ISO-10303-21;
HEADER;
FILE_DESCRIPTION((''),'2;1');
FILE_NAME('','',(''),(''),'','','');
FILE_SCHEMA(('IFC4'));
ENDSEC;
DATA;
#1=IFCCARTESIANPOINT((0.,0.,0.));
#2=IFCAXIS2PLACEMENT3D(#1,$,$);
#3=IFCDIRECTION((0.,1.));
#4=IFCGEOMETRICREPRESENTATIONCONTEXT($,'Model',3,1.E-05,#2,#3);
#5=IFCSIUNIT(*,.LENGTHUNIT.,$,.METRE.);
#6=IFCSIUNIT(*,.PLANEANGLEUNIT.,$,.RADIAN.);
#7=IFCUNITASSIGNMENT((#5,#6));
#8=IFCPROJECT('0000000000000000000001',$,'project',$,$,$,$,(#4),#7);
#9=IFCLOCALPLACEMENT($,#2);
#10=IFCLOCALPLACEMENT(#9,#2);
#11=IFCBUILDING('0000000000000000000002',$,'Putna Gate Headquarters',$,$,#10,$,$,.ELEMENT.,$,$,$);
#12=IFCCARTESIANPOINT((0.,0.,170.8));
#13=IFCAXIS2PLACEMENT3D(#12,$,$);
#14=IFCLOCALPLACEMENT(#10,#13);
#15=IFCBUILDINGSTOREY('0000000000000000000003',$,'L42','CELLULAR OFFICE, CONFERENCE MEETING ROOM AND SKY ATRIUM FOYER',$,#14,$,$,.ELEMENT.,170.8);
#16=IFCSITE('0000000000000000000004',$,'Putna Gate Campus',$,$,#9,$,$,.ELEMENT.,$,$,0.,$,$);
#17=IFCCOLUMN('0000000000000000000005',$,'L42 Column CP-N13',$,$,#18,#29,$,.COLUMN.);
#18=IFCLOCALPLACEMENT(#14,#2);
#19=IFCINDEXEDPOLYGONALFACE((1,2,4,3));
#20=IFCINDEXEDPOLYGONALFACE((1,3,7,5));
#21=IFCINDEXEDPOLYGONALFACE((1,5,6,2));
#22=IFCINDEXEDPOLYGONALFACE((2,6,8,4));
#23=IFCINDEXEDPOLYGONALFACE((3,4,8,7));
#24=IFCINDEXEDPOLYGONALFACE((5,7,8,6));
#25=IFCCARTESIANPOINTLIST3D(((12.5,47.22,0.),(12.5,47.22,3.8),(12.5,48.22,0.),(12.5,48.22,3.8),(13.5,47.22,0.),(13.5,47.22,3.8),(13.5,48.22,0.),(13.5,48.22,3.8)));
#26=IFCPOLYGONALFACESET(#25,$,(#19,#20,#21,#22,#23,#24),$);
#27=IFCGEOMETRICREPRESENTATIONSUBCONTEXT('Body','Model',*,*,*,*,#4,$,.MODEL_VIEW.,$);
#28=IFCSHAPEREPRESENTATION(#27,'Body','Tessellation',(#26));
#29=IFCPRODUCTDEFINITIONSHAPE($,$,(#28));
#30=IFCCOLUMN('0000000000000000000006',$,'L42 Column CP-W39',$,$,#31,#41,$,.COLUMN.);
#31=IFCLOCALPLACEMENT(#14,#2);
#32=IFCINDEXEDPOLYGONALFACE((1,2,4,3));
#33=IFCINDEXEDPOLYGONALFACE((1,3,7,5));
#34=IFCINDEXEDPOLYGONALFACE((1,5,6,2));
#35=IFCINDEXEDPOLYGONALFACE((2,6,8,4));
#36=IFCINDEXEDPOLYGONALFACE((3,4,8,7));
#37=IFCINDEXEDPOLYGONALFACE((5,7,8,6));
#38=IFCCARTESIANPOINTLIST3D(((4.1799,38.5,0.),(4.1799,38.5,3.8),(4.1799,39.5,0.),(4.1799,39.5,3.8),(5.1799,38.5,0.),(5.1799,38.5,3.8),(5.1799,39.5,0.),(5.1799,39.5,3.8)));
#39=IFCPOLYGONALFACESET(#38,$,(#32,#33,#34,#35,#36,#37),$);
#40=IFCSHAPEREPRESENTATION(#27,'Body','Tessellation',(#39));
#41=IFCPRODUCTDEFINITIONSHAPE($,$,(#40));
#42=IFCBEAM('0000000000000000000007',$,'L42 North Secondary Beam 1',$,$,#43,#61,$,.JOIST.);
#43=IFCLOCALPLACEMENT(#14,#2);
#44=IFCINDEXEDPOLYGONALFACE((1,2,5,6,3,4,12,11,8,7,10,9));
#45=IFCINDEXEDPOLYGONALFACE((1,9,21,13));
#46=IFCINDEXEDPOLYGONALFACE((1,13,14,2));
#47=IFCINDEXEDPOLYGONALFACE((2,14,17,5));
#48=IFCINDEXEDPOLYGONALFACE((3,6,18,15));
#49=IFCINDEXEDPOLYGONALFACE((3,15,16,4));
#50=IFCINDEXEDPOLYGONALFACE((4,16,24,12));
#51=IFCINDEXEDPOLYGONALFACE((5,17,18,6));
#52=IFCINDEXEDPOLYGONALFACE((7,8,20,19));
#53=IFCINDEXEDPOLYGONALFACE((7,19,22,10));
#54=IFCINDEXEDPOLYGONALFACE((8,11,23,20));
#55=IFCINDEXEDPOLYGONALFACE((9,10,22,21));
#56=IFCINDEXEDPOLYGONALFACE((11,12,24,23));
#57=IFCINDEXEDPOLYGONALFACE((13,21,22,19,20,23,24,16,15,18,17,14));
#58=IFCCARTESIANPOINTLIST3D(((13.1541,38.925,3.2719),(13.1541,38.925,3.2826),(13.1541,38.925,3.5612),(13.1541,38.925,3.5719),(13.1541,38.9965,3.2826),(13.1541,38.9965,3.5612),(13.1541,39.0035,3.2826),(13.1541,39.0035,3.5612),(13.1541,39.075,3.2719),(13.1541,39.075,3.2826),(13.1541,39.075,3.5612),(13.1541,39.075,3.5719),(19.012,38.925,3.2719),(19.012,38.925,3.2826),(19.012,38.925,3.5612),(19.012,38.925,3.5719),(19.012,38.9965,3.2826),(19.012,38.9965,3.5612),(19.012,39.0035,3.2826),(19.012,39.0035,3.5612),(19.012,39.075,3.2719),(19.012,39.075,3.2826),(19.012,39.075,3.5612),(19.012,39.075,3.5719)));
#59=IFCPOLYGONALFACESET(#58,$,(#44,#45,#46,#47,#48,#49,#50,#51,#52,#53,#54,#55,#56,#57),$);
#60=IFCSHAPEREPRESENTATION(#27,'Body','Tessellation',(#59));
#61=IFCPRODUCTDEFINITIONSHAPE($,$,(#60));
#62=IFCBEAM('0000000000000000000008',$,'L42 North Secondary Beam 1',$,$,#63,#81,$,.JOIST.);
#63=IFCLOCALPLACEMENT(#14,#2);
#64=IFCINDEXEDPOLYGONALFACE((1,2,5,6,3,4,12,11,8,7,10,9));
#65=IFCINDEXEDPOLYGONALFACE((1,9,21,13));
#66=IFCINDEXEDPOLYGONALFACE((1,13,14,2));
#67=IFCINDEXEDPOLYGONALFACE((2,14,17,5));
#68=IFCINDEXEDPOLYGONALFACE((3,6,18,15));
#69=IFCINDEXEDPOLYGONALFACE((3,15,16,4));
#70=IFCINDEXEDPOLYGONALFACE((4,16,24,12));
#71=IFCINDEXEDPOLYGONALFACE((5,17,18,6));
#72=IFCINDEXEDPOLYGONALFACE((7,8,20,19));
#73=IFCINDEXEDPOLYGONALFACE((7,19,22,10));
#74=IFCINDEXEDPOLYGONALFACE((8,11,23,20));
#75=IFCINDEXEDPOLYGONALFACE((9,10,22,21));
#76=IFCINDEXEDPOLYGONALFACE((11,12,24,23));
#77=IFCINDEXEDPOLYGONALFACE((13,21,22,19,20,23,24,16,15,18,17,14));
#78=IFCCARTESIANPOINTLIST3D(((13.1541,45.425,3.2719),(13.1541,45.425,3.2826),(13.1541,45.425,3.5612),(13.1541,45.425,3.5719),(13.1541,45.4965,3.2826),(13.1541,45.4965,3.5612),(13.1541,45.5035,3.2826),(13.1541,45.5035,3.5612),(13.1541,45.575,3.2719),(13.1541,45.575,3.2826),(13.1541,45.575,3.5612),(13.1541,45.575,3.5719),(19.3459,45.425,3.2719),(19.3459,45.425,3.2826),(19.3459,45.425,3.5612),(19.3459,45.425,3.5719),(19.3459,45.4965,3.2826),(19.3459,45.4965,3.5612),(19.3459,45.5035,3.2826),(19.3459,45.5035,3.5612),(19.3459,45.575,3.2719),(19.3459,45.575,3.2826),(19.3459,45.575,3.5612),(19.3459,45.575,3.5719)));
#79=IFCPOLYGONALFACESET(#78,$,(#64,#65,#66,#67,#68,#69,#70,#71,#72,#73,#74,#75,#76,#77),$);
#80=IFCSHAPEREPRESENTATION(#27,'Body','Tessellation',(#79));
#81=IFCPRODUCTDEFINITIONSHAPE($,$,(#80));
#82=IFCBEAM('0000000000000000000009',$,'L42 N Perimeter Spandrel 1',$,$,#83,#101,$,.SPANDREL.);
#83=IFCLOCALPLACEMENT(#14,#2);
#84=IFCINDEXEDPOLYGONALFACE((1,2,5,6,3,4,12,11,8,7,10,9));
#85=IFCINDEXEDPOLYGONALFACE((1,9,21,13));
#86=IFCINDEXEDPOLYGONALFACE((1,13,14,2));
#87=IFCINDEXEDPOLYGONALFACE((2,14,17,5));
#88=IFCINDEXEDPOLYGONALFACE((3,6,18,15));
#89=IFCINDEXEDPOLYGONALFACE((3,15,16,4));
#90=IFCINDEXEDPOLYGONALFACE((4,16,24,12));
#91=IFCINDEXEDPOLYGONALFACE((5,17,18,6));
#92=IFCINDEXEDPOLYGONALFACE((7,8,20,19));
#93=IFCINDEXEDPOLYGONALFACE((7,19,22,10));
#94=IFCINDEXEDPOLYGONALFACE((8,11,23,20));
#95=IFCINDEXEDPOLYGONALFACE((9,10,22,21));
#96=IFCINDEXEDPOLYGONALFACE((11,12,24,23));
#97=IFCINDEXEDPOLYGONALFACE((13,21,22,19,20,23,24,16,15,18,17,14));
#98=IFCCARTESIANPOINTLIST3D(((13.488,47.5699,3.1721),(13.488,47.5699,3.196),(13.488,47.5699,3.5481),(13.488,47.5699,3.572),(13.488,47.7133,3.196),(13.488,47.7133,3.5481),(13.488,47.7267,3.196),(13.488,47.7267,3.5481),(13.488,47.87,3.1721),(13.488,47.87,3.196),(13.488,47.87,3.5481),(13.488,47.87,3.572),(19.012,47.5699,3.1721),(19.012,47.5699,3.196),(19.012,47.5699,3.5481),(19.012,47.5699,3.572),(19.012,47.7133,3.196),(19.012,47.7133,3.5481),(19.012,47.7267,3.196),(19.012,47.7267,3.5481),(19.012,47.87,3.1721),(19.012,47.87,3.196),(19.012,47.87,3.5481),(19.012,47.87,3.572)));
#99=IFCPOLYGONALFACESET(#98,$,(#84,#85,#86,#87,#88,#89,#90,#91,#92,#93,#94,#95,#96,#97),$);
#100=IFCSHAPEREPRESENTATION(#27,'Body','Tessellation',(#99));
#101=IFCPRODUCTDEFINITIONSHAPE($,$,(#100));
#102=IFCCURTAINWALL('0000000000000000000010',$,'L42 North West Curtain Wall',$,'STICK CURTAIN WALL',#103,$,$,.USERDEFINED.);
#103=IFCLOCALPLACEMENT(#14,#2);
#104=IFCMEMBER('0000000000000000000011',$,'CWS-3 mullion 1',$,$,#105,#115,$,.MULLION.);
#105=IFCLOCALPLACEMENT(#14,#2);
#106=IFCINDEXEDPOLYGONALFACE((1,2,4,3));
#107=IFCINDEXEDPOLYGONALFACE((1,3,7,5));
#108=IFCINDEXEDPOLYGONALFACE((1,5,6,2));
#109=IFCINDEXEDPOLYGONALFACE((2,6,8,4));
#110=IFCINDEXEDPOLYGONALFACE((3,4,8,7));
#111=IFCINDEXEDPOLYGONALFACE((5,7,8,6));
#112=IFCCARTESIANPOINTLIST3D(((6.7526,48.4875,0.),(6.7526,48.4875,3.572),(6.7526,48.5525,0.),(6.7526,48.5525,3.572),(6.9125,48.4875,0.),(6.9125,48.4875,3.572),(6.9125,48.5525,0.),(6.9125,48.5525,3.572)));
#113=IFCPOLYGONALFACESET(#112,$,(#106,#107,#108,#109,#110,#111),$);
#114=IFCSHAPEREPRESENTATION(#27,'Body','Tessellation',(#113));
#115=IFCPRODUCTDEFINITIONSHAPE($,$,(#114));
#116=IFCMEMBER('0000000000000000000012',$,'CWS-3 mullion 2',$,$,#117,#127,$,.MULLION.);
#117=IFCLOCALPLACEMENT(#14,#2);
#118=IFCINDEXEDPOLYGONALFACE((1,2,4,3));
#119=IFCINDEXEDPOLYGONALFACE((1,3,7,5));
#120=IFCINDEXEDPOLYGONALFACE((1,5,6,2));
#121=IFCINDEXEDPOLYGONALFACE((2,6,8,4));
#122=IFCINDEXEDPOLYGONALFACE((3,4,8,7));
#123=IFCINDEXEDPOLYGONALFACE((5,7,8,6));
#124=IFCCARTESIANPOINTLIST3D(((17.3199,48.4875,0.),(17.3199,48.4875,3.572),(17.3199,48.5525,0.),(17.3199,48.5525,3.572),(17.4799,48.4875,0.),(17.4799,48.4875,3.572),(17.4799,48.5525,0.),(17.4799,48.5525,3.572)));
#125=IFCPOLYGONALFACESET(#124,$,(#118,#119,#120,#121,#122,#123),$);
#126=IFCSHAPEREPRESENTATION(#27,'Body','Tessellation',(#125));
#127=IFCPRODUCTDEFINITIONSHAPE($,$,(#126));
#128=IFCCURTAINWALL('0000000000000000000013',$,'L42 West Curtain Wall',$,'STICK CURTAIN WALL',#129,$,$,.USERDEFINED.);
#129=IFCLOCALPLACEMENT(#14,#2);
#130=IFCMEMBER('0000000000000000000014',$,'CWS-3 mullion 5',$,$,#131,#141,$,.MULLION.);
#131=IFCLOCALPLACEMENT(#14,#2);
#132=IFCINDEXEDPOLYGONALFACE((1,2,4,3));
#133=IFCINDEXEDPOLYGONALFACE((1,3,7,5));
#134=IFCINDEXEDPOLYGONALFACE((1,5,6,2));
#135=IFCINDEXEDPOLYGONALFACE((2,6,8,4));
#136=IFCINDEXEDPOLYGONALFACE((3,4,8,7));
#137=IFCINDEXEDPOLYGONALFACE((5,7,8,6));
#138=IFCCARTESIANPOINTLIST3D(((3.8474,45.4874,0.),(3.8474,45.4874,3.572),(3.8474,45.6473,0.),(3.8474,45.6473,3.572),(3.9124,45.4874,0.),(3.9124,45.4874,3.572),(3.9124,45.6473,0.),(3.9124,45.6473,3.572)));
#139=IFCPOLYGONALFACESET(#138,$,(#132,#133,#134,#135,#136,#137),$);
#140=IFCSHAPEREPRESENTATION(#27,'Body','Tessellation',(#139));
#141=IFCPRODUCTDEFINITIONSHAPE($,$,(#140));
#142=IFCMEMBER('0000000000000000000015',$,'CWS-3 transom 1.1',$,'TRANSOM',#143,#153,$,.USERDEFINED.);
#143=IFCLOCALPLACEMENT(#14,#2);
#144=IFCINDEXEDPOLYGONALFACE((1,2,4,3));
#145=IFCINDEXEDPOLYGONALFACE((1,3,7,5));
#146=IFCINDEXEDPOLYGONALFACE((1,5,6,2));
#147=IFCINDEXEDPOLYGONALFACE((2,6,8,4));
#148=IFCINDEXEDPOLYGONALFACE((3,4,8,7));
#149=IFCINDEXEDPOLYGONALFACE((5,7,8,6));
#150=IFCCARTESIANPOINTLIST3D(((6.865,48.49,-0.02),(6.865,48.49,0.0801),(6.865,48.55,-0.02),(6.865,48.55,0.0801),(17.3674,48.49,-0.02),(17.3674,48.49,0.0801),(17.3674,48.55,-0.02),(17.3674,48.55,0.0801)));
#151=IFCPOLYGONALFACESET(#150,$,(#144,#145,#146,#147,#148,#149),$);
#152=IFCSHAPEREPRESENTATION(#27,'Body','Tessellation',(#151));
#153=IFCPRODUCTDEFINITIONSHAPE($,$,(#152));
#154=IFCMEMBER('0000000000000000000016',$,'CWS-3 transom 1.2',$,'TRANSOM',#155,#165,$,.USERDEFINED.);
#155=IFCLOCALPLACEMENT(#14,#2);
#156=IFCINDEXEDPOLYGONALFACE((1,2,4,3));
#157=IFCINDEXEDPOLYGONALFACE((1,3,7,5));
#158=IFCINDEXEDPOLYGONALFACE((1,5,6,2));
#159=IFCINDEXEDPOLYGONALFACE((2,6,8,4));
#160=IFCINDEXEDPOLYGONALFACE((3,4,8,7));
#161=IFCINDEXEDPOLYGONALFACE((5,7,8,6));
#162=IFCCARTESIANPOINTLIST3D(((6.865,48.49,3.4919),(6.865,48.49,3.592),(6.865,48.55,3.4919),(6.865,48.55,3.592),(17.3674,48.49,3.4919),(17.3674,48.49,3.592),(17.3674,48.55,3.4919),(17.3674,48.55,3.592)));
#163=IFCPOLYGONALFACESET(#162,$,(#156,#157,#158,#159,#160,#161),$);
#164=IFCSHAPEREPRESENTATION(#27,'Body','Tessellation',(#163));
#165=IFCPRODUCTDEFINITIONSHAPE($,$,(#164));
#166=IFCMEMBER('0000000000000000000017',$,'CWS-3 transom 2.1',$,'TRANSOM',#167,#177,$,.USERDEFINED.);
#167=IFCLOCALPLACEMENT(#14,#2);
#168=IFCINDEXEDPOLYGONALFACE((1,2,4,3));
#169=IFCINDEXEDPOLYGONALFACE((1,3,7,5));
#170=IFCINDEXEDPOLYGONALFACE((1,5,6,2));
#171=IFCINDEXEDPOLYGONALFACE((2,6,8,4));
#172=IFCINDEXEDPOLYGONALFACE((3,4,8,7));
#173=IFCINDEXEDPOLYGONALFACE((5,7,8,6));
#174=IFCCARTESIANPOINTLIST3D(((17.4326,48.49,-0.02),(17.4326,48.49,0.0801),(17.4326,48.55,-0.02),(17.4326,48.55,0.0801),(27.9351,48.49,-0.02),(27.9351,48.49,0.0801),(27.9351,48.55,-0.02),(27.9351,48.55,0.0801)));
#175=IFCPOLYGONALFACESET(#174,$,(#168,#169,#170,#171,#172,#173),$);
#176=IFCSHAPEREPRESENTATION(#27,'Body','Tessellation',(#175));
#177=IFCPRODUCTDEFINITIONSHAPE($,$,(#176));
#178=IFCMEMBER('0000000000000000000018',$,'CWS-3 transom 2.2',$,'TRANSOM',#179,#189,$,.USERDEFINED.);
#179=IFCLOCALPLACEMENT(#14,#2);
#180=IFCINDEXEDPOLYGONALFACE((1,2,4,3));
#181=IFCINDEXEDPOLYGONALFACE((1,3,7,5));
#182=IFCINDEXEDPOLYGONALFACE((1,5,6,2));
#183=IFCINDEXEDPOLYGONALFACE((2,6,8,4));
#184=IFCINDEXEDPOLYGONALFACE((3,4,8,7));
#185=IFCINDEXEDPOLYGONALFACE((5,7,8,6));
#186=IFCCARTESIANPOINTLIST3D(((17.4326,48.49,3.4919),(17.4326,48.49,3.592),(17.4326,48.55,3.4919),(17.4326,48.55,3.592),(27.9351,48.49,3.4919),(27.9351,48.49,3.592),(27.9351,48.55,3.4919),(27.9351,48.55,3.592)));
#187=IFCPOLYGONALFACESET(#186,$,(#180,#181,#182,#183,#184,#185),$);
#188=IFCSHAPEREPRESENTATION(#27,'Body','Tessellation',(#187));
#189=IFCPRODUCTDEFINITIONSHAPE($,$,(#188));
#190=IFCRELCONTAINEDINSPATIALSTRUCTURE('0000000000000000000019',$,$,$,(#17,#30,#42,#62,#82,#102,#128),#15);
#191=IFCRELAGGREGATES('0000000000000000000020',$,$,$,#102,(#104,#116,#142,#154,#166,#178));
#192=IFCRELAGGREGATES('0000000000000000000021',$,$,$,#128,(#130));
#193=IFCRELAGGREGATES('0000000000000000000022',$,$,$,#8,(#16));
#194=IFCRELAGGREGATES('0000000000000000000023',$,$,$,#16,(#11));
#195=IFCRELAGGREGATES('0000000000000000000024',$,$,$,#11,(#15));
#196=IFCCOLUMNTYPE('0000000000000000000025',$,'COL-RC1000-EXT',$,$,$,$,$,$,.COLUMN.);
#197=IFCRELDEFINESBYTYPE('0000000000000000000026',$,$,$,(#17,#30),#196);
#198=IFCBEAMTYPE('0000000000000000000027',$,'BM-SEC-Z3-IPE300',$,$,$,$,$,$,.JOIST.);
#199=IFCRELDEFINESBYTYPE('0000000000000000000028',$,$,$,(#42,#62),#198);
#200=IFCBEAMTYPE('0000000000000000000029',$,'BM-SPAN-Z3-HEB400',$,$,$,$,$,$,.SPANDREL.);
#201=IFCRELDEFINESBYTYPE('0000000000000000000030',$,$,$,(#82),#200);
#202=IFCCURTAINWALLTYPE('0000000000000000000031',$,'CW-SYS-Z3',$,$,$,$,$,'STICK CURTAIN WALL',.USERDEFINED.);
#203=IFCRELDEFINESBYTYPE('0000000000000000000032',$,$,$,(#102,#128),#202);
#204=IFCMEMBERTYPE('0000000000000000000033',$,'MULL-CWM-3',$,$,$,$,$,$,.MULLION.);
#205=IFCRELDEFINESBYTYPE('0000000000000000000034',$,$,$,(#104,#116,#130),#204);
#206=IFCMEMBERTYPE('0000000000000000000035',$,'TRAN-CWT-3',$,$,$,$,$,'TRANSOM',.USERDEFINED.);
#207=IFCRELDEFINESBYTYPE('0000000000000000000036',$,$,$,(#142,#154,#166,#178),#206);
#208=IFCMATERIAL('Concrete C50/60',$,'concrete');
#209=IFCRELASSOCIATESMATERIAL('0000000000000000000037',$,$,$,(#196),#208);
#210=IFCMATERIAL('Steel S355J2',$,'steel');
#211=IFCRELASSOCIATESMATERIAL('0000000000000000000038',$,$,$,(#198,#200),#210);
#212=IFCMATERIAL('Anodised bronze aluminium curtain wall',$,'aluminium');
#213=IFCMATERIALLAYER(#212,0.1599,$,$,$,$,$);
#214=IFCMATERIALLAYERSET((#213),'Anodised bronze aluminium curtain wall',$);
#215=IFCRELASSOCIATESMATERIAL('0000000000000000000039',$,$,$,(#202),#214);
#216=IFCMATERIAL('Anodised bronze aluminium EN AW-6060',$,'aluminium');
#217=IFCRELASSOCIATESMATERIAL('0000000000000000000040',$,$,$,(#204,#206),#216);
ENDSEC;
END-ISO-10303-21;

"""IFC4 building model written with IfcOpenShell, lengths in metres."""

from ifc_helpers import new_model, si_unit, direction, frame, origin, origin_2d, place, context, subcontext, project, spatial, rectangle, i_section, extrude, material, layer, layer_set, material_profile, profile_set, type_object, element, aggregate, save


model = new_model("IFC4")

# Units and contexts
model_context = context("Model", 3, precision=1e-05, world=origin(), true_north=direction((0.0, 1.0)))
body_context = subcontext(model_context, "Body", "Model", "MODEL_VIEW")
ifc_project = project(units=[si_unit("LENGTHUNIT", "METRE"), si_unit("PLANEANGLEUNIT", "RADIAN")], contexts=[model_context])

# Site, building, storey
site_placement = place(None, origin())
site = spatial("IfcSite", under=ifc_project, at=site_placement, Name="Putna Gate Campus", CompositionType="ELEMENT", RefElevation=0.0)
building_placement = place(site_placement, origin())
building = spatial("IfcBuilding", under=site, at=building_placement, Name="Putna Gate Headquarters", CompositionType="ELEMENT")
storey_placement = place(building_placement, frame((0.0, 0.0, 170.8)))
storey = spatial("IfcBuildingStorey", under=building, at=storey_placement, Name="L42", Description="CELLULAR OFFICE, CONFERENCE MEETING ROOM AND SKY ATRIUM FOYER", CompositionType="ELEMENT", Elevation=170.8)

# Columns
ifc_material_1 = material(Name="Concrete C50/60", Category="concrete")
ifc_material_profile_1 = material_profile(ifc_material_1, rectangle(XDim=1.0, YDim=1.0, at=origin_2d()), Name="Concrete C50/60")
ifc_profile_set_1 = profile_set([ifc_material_profile_1], Name="Concrete C50/60")
column_type = type_object("IfcColumnType", Name="COL-RC1000-EXT", PredefinedType="COLUMN", material=ifc_profile_set_1)
for number, where, z_axis, x_axis, name in (
    (1, (13.0, 47.72, 0.0), (0.0, 0.0, 1.0), (1.0, 0.0, 0.0), "L42 Column CP-N13"),
    (2, (4.6799, 39.0, 0.0), (0.0, 0.0, 1.0), (1.0, 0.0, 0.0), "L42 Column CP-W39"),
):
    element("IfcColumn", number, at=place(storey_placement, frame(where, z_axis=z_axis, x_axis=x_axis)), inside=storey, type_object=column_type, Name=name, PredefinedType="COLUMN", context=body_context, shape_type="SweptSolid", body=[
        extrude(rectangle(XDim=1.0, YDim=1.0, at=origin_2d()), origin(), (0.0, 0.0, 1.0), 3.8),
    ])

# Beams
ifc_material_2 = material(Name="Steel S355J2", Category="steel")
ifc_material_profile_2 = material_profile(ifc_material_2, i_section(OverallWidth=0.1499, OverallDepth=0.3, WebThickness=0.0071, FlangeThickness=0.0107, at=origin_2d()), Name="Steel S355J2")
ifc_profile_set_2 = profile_set([ifc_material_profile_2], Name="Steel S355J2")
beam_type_1 = type_object("IfcBeamType", Name="BM-SEC-Z3-IPE300", PredefinedType="JOIST", material=ifc_profile_set_2)
beam_1_placement = place(storey_placement, frame((13.1541, 39.0, 3.4219), z_axis=(1.0, 0.0, 0.0), x_axis=(0.0, 1.0, 0.0)))
element("IfcBeam", 3, at=beam_1_placement, inside=storey, type_object=beam_type_1, Name="L42 North Secondary Beam 1", PredefinedType="JOIST", context=body_context, shape_type="SweptSolid", body=[
    extrude(i_section(OverallWidth=0.1499, OverallDepth=0.3, WebThickness=0.0071, FlangeThickness=0.0107, at=origin_2d()), origin(), (0.0, 0.0, 1.0), 5.8579),
])
beam_2_placement = place(storey_placement, frame((13.1541, 45.5, 3.4219), z_axis=(1.0, 0.0, 0.0), x_axis=(0.0, 1.0, 0.0)))
element("IfcBeam", 4, at=beam_2_placement, inside=storey, type_object=beam_type_1, Name="L42 North Secondary Beam 1", PredefinedType="JOIST", context=body_context, shape_type="SweptSolid", body=[
    extrude(i_section(OverallWidth=0.1499, OverallDepth=0.3, WebThickness=0.0071, FlangeThickness=0.0107, at=origin_2d()), origin(), (0.0, 0.0, 1.0), 6.1919),
])
ifc_material_profile_3 = material_profile(ifc_material_2, i_section(OverallWidth=0.3, OverallDepth=0.3999, WebThickness=0.0134, FlangeThickness=0.0239, at=origin_2d()), Name="Steel S355J2")
ifc_profile_set_3 = profile_set([ifc_material_profile_3], Name="Steel S355J2")
beam_type_2 = type_object("IfcBeamType", Name="BM-SPAN-Z3-HEB400", PredefinedType="SPANDREL", material=ifc_profile_set_3)
beam_3_placement = place(storey_placement, frame((13.488, 47.72, 3.3721), z_axis=(1.0, 0.0, 0.0), x_axis=(0.0, 1.0, 0.0)))
element("IfcBeam", 5, at=beam_3_placement, inside=storey, type_object=beam_type_2, Name="L42 N Perimeter Spandrel 1", PredefinedType="SPANDREL", context=body_context, shape_type="SweptSolid", body=[
    extrude(i_section(OverallWidth=0.3, OverallDepth=0.3999, WebThickness=0.0134, FlangeThickness=0.0239, at=origin_2d()), origin(), (0.0, 0.0, 1.0), 5.5239),
])

# Curtain wall, members
ifc_material_3 = material(Name="Anodised bronze aluminium curtain wall", Category="aluminium")
ifc_layer_1 = layer(ifc_material_3, 0.1599)
ifc_layer_set_1 = layer_set([ifc_layer_1], Name="Anodised bronze aluminium curtain wall")
curtain_wall_type = type_object("IfcCurtainWallType", Name="CW-SYS-Z3", ElementType="STICK CURTAIN WALL", PredefinedType="USERDEFINED", material=ifc_layer_set_1)
curtain_wall_1_placement = place(storey_placement, origin())
curtain_wall_1 = element("IfcCurtainWall", 6, at=curtain_wall_1_placement, inside=storey, type_object=curtain_wall_type, Name="L42 North West Curtain Wall", ObjectType="STICK CURTAIN WALL", PredefinedType="USERDEFINED")
ifc_material_4 = material(Name="Anodised bronze aluminium EN AW-6060", Category="aluminium")
ifc_material_profile_4 = material_profile(ifc_material_4, rectangle(XDim=0.0649, YDim=0.1599, at=origin_2d()), Name="Anodised bronze aluminium EN AW-6060")
ifc_profile_set_4 = profile_set([ifc_material_profile_4], Name="Anodised bronze aluminium EN AW-6060")
member_type_1 = type_object("IfcMemberType", Name="MULL-CWM-3", PredefinedType="MULLION", material=ifc_profile_set_4)
member_1_placement = place(storey_placement, frame((6.8325, 48.52, 0.0), z_axis=(0.0, 0.0, 1.0), x_axis=(0.0, 1.0, 0.0)))
member_1 = element("IfcMember", 7, at=member_1_placement, type_object=member_type_1, Name="CWS-3 mullion 1", PredefinedType="MULLION", context=body_context, shape_type="SweptSolid", body=[
    extrude(rectangle(XDim=0.0649, YDim=0.1599, at=origin_2d()), origin(), (0.0, 0.0, 1.0), 3.572),
])
member_2_placement = place(storey_placement, frame((17.3999, 48.52, 0.0), z_axis=(0.0, 0.0, 1.0), x_axis=(0.0, 1.0, 0.0)))
member_2 = element("IfcMember", 8, at=member_2_placement, type_object=member_type_1, Name="CWS-3 mullion 2", PredefinedType="MULLION", context=body_context, shape_type="SweptSolid", body=[
    extrude(rectangle(XDim=0.0649, YDim=0.1599, at=origin_2d()), origin(), (0.0, 0.0, 1.0), 3.572),
])

# Curtain wall, member
curtain_wall_2_placement = place(storey_placement, origin())
curtain_wall_2 = element("IfcCurtainWall", 9, at=curtain_wall_2_placement, inside=storey, type_object=curtain_wall_type, Name="L42 West Curtain Wall", ObjectType="STICK CURTAIN WALL", PredefinedType="USERDEFINED")
member_3_placement = place(storey_placement, frame((3.8799, 45.5674, 0.0), z_axis=(0.0, 0.0, 1.0), x_axis=(-1.0, 0.0, 0.0)))
member_3 = element("IfcMember", 10, at=member_3_placement, type_object=member_type_1, Name="CWS-3 mullion 5", PredefinedType="MULLION", context=body_context, shape_type="SweptSolid", body=[
    extrude(rectangle(XDim=0.0649, YDim=0.1599, at=origin_2d()), origin(), (0.0, 0.0, 1.0), 3.572),
])

# Members
ifc_material_profile_5 = material_profile(ifc_material_4, rectangle(XDim=0.0601, YDim=0.1001, at=origin_2d()), Name="Anodised bronze aluminium EN AW-6060")
ifc_profile_set_5 = profile_set([ifc_material_profile_5], Name="Anodised bronze aluminium EN AW-6060")
member_type_2 = type_object("IfcMemberType", Name="TRAN-CWT-3", ElementType="TRANSOM", PredefinedType="USERDEFINED", material=ifc_profile_set_5)
member_4_placement = place(storey_placement, frame((6.865, 48.52, 0.03), z_axis=(1.0, 0.0, 0.0), x_axis=(0.0, 1.0, 0.0)))
member_4 = element("IfcMember", 11, at=member_4_placement, type_object=member_type_2, Name="CWS-3 transom 1.1", ObjectType="TRANSOM", PredefinedType="USERDEFINED", context=body_context, shape_type="SweptSolid", body=[
    extrude(rectangle(XDim=0.0601, YDim=0.1001, at=origin_2d()), origin(), (0.0, 0.0, 1.0), 10.5024),
])
member_5_placement = place(storey_placement, frame((6.865, 48.52, 3.542), z_axis=(1.0, 0.0, 0.0), x_axis=(0.0, 1.0, 0.0)))
member_5 = element("IfcMember", 12, at=member_5_placement, type_object=member_type_2, Name="CWS-3 transom 1.2", ObjectType="TRANSOM", PredefinedType="USERDEFINED", context=body_context, shape_type="SweptSolid", body=[
    extrude(rectangle(XDim=0.0601, YDim=0.1001, at=origin_2d()), origin(), (0.0, 0.0, 1.0), 10.5024),
])
member_6_placement = place(storey_placement, frame((17.4326, 48.52, 0.03), z_axis=(1.0, 0.0, 0.0), x_axis=(0.0, 1.0, 0.0)))
member_6 = element("IfcMember", 13, at=member_6_placement, type_object=member_type_2, Name="CWS-3 transom 2.1", ObjectType="TRANSOM", PredefinedType="USERDEFINED", context=body_context, shape_type="SweptSolid", body=[
    extrude(rectangle(XDim=0.0601, YDim=0.1001, at=origin_2d()), origin(), (0.0, 0.0, 1.0), 10.5024),
])
member_7_placement = place(storey_placement, frame((17.4326, 48.52, 3.542), z_axis=(1.0, 0.0, 0.0), x_axis=(0.0, 1.0, 0.0)))
member_7 = element("IfcMember", 14, at=member_7_placement, type_object=member_type_2, Name="CWS-3 transom 2.2", ObjectType="TRANSOM", PredefinedType="USERDEFINED", context=body_context, shape_type="SweptSolid", body=[
    extrude(rectangle(XDim=0.0601, YDim=0.1001, at=origin_2d()), origin(), (0.0, 0.0, 1.0), 10.5024),
])

aggregate(curtain_wall_1, [member_1, member_2, member_4, member_5, member_6, member_7])
aggregate(curtain_wall_2, [member_3])

save(model, "model.ifc")
